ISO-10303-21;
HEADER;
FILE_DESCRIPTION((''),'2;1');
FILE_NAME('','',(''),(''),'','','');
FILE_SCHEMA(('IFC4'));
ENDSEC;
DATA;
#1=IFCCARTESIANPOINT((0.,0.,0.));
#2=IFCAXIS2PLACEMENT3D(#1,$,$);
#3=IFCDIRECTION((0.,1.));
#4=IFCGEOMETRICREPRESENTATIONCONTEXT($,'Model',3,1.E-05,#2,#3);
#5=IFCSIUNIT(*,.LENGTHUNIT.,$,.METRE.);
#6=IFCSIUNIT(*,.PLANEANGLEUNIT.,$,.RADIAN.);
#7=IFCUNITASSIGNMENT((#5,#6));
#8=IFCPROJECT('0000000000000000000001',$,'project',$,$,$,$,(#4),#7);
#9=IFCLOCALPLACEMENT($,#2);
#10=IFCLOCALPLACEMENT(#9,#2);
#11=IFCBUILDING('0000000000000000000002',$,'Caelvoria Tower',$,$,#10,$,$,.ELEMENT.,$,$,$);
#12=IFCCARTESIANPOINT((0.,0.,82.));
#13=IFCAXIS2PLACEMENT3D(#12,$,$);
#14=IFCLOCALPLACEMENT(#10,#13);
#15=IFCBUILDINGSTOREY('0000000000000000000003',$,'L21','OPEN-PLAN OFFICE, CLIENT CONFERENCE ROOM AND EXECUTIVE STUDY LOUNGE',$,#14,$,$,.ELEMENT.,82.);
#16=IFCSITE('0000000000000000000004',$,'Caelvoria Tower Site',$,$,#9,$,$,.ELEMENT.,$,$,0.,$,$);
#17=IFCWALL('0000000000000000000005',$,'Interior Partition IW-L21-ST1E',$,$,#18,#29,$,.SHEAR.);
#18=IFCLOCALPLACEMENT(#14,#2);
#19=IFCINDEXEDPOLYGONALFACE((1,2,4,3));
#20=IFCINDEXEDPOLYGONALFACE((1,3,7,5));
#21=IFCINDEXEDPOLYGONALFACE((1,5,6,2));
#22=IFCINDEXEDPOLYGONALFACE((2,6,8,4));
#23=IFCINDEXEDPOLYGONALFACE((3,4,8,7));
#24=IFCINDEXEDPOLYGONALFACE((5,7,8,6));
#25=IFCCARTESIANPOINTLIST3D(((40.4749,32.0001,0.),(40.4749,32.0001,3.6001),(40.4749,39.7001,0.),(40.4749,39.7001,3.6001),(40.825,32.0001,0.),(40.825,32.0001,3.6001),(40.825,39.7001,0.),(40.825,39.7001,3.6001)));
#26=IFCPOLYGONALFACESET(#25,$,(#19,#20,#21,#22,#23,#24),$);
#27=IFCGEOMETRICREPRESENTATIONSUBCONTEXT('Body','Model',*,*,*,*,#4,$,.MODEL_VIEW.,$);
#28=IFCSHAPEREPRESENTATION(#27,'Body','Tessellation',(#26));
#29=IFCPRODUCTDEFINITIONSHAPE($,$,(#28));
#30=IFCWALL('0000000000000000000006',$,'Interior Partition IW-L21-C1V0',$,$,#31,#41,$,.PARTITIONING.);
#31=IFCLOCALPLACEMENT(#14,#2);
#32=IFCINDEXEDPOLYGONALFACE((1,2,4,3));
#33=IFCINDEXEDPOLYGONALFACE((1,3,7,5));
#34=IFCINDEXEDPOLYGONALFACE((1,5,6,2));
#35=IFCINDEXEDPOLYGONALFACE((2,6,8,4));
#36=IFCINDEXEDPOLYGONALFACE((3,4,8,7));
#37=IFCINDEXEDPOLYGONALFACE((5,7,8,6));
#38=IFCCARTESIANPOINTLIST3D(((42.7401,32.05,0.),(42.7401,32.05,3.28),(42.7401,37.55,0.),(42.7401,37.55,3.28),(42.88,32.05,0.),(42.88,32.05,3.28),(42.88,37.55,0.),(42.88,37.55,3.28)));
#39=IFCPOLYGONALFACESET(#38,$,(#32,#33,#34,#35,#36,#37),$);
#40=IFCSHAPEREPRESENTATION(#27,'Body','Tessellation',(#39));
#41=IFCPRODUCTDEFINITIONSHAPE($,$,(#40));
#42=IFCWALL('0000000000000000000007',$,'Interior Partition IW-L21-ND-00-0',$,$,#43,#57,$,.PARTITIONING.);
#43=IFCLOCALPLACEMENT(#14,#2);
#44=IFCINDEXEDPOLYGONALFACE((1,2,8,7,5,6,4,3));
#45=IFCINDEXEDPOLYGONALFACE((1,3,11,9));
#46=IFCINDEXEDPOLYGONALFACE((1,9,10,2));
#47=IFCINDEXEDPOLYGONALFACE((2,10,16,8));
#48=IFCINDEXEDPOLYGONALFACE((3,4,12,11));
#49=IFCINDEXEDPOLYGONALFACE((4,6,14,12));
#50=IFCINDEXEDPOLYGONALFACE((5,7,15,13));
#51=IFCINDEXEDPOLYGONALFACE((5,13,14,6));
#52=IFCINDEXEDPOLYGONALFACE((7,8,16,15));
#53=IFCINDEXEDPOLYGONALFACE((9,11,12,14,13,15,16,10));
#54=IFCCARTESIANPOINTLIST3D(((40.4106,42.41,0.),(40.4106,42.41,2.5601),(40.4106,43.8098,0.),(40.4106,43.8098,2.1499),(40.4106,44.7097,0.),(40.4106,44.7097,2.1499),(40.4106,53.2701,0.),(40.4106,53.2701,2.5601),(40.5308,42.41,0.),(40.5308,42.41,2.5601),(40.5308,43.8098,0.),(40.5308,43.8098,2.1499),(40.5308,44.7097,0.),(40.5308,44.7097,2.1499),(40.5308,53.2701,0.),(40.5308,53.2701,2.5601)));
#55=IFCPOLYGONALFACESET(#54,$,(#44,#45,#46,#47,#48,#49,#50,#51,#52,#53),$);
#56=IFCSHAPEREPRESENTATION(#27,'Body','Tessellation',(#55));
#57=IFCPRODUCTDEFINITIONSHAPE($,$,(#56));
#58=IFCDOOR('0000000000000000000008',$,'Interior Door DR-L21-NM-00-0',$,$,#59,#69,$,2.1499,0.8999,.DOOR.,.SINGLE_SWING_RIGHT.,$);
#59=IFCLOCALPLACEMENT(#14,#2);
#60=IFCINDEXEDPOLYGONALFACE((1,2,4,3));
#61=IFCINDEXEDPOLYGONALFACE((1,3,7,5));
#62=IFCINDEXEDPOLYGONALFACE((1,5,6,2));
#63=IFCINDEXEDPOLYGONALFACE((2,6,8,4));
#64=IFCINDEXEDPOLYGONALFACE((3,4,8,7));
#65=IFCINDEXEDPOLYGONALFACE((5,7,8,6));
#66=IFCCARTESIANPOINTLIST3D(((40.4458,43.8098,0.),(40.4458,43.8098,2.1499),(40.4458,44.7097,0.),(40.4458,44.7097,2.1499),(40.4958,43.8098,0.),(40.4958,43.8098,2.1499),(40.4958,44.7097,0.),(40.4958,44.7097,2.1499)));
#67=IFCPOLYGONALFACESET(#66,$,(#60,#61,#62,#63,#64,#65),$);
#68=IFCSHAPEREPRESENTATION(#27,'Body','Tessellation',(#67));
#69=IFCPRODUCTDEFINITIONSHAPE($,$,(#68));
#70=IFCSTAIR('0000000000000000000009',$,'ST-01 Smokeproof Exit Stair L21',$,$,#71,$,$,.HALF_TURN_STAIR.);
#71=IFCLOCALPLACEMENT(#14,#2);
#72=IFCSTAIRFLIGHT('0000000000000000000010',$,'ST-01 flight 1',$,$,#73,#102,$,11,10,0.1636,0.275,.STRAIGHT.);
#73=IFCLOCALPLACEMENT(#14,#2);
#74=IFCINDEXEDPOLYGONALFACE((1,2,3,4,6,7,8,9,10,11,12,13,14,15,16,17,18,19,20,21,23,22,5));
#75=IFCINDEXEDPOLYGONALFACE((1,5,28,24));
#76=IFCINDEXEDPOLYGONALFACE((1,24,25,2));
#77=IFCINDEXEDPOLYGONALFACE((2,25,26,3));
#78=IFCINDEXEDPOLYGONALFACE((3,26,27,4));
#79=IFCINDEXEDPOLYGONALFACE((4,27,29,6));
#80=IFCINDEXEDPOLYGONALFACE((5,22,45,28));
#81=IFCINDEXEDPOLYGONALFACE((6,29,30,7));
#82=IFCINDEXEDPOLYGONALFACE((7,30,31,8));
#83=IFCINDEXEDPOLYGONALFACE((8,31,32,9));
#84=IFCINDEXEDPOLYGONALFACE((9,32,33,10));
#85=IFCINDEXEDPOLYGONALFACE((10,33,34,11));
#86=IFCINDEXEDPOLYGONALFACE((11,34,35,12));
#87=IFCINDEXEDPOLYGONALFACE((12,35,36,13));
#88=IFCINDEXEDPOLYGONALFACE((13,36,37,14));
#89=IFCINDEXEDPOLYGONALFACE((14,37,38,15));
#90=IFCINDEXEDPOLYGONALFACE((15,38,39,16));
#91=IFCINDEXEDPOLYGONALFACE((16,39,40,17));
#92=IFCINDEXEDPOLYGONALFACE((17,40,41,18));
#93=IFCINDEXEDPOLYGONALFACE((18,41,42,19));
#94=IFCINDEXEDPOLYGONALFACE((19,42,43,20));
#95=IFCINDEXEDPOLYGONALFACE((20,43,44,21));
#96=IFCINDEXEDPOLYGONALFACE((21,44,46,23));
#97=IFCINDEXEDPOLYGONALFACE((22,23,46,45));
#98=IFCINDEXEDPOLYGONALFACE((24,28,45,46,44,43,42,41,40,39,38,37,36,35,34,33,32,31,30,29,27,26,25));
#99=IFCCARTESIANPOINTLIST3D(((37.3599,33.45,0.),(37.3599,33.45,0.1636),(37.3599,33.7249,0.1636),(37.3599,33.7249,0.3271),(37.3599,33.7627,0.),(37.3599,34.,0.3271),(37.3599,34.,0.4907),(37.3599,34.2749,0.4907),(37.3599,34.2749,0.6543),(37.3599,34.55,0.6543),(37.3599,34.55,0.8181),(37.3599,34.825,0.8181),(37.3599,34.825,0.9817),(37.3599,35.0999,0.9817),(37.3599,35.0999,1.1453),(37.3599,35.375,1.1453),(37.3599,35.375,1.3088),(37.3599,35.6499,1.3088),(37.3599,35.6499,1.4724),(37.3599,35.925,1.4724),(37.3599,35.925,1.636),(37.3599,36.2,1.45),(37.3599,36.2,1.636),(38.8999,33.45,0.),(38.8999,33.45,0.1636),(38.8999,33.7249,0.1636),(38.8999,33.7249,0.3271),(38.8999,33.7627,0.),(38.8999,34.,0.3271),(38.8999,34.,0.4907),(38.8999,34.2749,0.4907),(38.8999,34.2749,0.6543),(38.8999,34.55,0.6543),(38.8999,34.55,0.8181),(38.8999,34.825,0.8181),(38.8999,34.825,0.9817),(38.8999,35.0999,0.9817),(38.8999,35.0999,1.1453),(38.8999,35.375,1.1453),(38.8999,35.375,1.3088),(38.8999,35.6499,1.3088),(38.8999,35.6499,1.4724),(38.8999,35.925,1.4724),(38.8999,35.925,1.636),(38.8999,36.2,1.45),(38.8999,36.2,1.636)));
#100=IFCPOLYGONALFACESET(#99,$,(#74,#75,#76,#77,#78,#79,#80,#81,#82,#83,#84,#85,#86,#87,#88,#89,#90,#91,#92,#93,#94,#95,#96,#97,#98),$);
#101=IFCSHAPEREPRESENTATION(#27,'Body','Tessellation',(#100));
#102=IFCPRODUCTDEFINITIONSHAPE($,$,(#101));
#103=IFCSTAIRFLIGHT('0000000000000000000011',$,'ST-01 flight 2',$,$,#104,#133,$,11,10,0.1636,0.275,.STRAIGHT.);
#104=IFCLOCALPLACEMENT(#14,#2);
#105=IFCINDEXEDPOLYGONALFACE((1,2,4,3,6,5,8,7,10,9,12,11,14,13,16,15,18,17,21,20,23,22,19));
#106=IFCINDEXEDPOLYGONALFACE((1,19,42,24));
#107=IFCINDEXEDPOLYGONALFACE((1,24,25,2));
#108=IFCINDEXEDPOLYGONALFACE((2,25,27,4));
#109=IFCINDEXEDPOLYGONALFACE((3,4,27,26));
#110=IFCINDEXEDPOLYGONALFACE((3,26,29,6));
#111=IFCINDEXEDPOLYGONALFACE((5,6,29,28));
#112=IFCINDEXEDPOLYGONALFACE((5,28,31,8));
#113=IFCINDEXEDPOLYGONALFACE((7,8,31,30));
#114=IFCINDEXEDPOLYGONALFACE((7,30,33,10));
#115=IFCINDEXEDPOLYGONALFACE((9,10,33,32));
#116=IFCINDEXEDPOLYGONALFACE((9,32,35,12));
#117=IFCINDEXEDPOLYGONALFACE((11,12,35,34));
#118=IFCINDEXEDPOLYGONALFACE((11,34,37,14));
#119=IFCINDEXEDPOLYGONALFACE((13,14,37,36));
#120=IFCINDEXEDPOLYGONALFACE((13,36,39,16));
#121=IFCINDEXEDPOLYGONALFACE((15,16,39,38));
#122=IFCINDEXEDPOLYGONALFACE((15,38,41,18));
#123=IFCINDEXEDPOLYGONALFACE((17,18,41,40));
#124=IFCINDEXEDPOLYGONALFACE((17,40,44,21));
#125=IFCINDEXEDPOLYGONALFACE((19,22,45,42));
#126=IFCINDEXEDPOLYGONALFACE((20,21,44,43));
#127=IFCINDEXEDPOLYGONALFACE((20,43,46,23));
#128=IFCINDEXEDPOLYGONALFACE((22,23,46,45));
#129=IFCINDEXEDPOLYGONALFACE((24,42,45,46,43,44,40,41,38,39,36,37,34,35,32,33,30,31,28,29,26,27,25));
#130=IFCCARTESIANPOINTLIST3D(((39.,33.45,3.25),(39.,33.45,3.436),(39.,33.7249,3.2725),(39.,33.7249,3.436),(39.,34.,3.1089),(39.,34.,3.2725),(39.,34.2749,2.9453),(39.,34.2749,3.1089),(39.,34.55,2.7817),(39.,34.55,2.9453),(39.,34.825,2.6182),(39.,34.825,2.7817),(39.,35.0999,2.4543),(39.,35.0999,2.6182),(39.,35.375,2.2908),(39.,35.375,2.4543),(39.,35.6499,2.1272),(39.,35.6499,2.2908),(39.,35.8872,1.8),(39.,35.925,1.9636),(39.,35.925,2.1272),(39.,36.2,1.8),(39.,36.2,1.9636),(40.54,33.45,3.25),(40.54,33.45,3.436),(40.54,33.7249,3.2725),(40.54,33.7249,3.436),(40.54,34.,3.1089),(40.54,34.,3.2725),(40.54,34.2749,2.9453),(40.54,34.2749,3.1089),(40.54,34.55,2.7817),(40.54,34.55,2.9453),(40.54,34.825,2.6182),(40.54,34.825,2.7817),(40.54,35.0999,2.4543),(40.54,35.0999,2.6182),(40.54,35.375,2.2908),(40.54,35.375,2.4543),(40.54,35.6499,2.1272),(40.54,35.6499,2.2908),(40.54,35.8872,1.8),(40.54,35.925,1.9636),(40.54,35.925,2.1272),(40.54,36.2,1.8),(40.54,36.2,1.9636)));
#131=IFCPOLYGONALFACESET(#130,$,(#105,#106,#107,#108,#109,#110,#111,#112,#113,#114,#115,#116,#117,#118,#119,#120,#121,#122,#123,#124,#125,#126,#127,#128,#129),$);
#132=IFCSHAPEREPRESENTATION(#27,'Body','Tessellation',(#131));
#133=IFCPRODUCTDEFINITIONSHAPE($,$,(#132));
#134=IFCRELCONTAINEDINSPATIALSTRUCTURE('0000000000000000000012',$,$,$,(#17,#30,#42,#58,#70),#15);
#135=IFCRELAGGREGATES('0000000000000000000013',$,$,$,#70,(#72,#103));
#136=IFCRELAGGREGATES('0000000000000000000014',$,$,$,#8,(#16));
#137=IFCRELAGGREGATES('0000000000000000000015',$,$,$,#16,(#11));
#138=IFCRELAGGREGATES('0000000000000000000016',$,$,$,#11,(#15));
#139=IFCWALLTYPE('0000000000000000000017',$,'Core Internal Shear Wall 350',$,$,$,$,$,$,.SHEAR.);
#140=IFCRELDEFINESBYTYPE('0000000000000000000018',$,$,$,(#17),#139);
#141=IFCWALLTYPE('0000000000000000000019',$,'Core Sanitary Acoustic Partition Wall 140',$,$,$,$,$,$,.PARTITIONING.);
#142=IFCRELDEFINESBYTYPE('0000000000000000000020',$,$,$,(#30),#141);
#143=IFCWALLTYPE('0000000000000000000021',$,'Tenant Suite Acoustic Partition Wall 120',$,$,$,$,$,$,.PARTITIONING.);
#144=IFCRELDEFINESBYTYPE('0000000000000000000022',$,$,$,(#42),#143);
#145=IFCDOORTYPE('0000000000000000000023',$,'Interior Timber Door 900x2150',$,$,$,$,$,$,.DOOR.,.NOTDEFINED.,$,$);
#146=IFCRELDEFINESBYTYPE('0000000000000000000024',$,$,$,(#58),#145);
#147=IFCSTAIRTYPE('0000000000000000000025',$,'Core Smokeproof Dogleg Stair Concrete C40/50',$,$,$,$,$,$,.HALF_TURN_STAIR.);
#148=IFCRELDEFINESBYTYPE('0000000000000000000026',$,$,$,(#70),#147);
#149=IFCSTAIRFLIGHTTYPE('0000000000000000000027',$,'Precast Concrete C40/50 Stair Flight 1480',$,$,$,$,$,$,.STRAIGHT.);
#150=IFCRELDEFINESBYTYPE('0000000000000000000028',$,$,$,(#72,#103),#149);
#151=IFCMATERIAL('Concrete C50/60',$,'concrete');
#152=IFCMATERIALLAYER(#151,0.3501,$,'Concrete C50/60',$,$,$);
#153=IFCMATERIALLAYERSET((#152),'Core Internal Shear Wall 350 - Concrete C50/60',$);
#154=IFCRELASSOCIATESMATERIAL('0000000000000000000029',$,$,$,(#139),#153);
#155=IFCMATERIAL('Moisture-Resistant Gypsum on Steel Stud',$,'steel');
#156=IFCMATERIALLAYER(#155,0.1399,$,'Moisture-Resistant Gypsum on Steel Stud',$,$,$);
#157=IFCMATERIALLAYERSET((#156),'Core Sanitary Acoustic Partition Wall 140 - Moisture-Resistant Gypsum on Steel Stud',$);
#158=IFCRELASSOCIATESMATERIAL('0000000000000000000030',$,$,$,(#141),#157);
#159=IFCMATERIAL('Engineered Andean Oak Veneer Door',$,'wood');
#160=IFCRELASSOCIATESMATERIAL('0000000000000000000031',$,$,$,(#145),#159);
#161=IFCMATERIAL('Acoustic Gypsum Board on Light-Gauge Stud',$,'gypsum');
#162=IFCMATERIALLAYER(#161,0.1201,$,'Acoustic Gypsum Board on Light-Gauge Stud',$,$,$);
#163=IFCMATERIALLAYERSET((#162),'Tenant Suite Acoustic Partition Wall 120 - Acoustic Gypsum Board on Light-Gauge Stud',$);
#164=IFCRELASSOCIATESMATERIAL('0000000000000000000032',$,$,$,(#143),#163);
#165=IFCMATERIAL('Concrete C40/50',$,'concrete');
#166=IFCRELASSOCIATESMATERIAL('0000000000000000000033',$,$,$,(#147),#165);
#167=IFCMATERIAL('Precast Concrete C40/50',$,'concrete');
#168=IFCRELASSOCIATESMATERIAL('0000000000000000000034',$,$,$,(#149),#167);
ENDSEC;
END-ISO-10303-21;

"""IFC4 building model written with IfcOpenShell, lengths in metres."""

from ifc_helpers import new_model, si_unit, direction, frame, frame_2d, origin, place, context, subcontext, project, spatial, polyline, rectangle, outline, extrude, material, layer, layer_set, type_object, element, fill, aggregate, save


model = new_model("IFC4")

# Units and contexts
model_context = context("Model", 3, precision=1e-05, world=origin(), true_north=direction((0.0, 1.0)))
body_context = subcontext(model_context, "Body", "Model", "MODEL_VIEW")
ifc_project = project(units=[si_unit("LENGTHUNIT", "METRE"), si_unit("PLANEANGLEUNIT", "RADIAN")], contexts=[model_context])

# Site, building, storey
site_placement = place(None, origin())
site = spatial("IfcSite", under=ifc_project, at=site_placement, Name="Caelvoria Tower Site", CompositionType="ELEMENT", RefElevation=0.0)
building_placement = place(site_placement, origin())
building = spatial("IfcBuilding", under=site, at=building_placement, Name="Caelvoria Tower", CompositionType="ELEMENT")
storey_placement = place(building_placement, frame((0.0, 0.0, 82.0)))
storey = spatial("IfcBuildingStorey", under=building, at=storey_placement, Name="L21", Description="OPEN-PLAN OFFICE, CLIENT CONFERENCE ROOM AND EXECUTIVE STUDY LOUNGE", CompositionType="ELEMENT", Elevation=82.0)

# Walls
ifc_material_1 = material(Name="Concrete C50/60", Category="concrete")
ifc_layer_1 = layer(ifc_material_1, 0.3501, Name="Concrete C50/60")
ifc_layer_set_1 = layer_set([ifc_layer_1], Name="Core Internal Shear Wall 350 - Concrete C50/60")
wall_type_1 = type_object("IfcWallType", Name="Core Internal Shear Wall 350", PredefinedType="SHEAR", material=ifc_layer_set_1)
wall_1_placement = place(storey_placement, frame((40.6499, 32.0, 0.0), z_axis=(0.0, 0.0, 1.0), x_axis=(0.0, 1.0, 0.0)))
element("IfcWall", 1, at=wall_1_placement, inside=storey, type_object=wall_type_1, Name="Interior Partition IW-L21-ST1E", PredefinedType="SHEAR", context=body_context, shape_type="SweptSolid", body=[
    extrude(rectangle(XDim=7.7, YDim=0.3501, at=frame_2d((3.8501, 0.0))), origin(), (0.0, 0.0, 1.0), 3.6001),
])
ifc_material_2 = material(Name="Moisture-Resistant Gypsum on Steel Stud", Category="steel")
ifc_layer_2 = layer(ifc_material_2, 0.1399, Name="Moisture-Resistant Gypsum on Steel Stud")
ifc_layer_set_2 = layer_set([ifc_layer_2], Name="Core Sanitary Acoustic Partition Wall 140 - Moisture-Resistant Gypsum on Steel Stud")
wall_type_2 = type_object("IfcWallType", Name="Core Sanitary Acoustic Partition Wall 140", PredefinedType="PARTITIONING", material=ifc_layer_set_2)
wall_2_placement = place(storey_placement, frame((42.8101, 32.05, 0.0), z_axis=(0.0, 0.0, 1.0), x_axis=(0.0, 1.0, 0.0)))
element("IfcWall", 2, at=wall_2_placement, inside=storey, type_object=wall_type_2, Name="Interior Partition IW-L21-C1V0", PredefinedType="PARTITIONING", context=body_context, shape_type="SweptSolid", body=[
    extrude(rectangle(XDim=5.5, YDim=0.1399, at=frame_2d((2.75, 0.0))), origin(), (0.0, 0.0, 1.0), 3.28),
])

# Shared definitions
ifc_material_3 = material(Name="Engineered Andean Oak Veneer Door", Category="wood")
door_type_1 = type_object("IfcDoorType", Name="Interior Timber Door 900x2150", OperationType="NOTDEFINED", PredefinedType="DOOR", material=ifc_material_3)

# Wall, opening, door
ifc_material_4 = material(Name="Acoustic Gypsum Board on Light-Gauge Stud", Category="gypsum")
ifc_layer_3 = layer(ifc_material_4, 0.1201, Name="Acoustic Gypsum Board on Light-Gauge Stud")
ifc_layer_set_3 = layer_set([ifc_layer_3], Name="Tenant Suite Acoustic Partition Wall 120 - Acoustic Gypsum Board on Light-Gauge Stud")
wall_type_3 = type_object("IfcWallType", Name="Tenant Suite Acoustic Partition Wall 120", PredefinedType="PARTITIONING", material=ifc_layer_set_3)
wall_3_placement = place(storey_placement, frame((40.4707, 42.4099, 0.0), z_axis=(0.0, 0.0, 1.0), x_axis=(0.0, 1.0, 0.0)))
wall_3 = element("IfcWall", 3, at=wall_3_placement, inside=storey, type_object=wall_type_3, Name="Interior Partition IW-L21-ND-00-0", PredefinedType="PARTITIONING", context=body_context, shape_type="SweptSolid", body=[
    extrude(rectangle(XDim=10.8601, YDim=0.1201, at=frame_2d((5.4302, 0.0))), origin(), (0.0, 0.0, 1.0), 2.5601),
])
opening_1_placement = place(wall_3_placement, frame((1.3999, 0.0, 0.0)))
opening_1 = element("IfcOpeningElement", 4, at=opening_1_placement, cuts=wall_3, PredefinedType="OPENING", context=body_context, shape_type="SweptSolid", body=[
    extrude(rectangle(XDim=0.8999, YDim=2.1499, at=frame_2d((0.45, 1.075))), frame((0.0, 0.0701, 0.0), z_axis=(0.0, -1.0, 0.0), x_axis=(1.0, 0.0, 0.0)), (0.0, 0.0, 1.0), 0.1401),
])
door_1_placement = place(opening_1_placement, origin())
door_1 = element("IfcDoor", 5, at=door_1_placement, inside=storey, type_object=door_type_1, Name="Interior Door DR-L21-NM-00-0", OperationType="SINGLE_SWING_RIGHT", OverallHeight=2.1499, OverallWidth=0.8999, PredefinedType="DOOR", context=body_context, shape_type="SweptSolid", body=[
    extrude(rectangle(XDim=0.8999, YDim=2.1499, at=frame_2d((0.45, 1.075))), frame((0.0, 0.0249, 0.0), z_axis=(0.0, -1.0, 0.0), x_axis=(1.0, 0.0, 0.0)), (0.0, 0.0, 1.0), 0.05),
])
fill(opening_1, door_1)

# Stair, stair flights
ifc_material_5 = material(Name="Concrete C40/50", Category="concrete")
stair_type = type_object("IfcStairType", Name="Core Smokeproof Dogleg Stair Concrete C40/50", PredefinedType="HALF_TURN_STAIR", material=ifc_material_5)
stair_placement = place(storey_placement, origin())
stair = element("IfcStair", 6, at=stair_placement, inside=storey, type_object=stair_type, Name="ST-01 Smokeproof Exit Stair L21", PredefinedType="HALF_TURN_STAIR")
ifc_material_6 = material(Name="Precast Concrete C40/50", Category="concrete")
stair_flight_type = type_object("IfcStairFlightType", Name="Precast Concrete C40/50 Stair Flight 1480", PredefinedType="STRAIGHT", material=ifc_material_6)
stair_flight_1_placement = place(storey_placement, frame((38.1299, 33.45, 0.0), z_axis=(0.0, 0.0, 1.0), x_axis=(0.0, 1.0, 0.0)))
stair_flight_1 = element("IfcStairFlight", 7, at=stair_flight_1_placement, type_object=stair_flight_type, Name="ST-01 flight 1", NumberOfRisers=11, NumberOfTreads=10, PredefinedType="STRAIGHT", RiserHeight=0.1636, TreadLength=0.275, context=body_context, shape_type="SweptSolid", body=[
    extrude(outline(polyline([(0.0, 0.0), (0.0, 0.1636), (0.2749, 0.1636), (0.2749, 0.3271), (0.55, 0.3271), (0.55, 0.4907), (0.825, 0.4907), (0.825, 0.6543), (1.1001, 0.6543), (1.1001, 0.8181), (1.375, 0.8181), (1.375, 0.9817), (1.6499, 0.9817), (1.6499, 1.1453), (1.925, 1.1453), (1.925, 1.3088), (2.2, 1.3088), (2.2, 1.4724), (2.4751, 1.4724), (2.4751, 1.636), (2.75, 1.636), (2.75, 1.7996), (2.75, 1.45), (0.3127, 0.0), (0.0, 0.0)])), frame((0.0, 0.77, 0.0), z_axis=(0.0, -1.0, 0.0), x_axis=(1.0, 0.0, 0.0)), (0.0, 0.0, 1.0), 1.54),
])
stair_flight_2_placement = place(storey_placement, frame((39.77, 36.2, 1.8), z_axis=(0.0, 0.0, 1.0), x_axis=(0.0, -1.0, 0.0)))
stair_flight_2 = element("IfcStairFlight", 8, at=stair_flight_2_placement, type_object=stair_flight_type, Name="ST-01 flight 2", NumberOfRisers=11, NumberOfTreads=10, PredefinedType="STRAIGHT", RiserHeight=0.1636, TreadLength=0.275, context=body_context, shape_type="SweptSolid", body=[
    extrude(outline(polyline([(0.0, 0.0), (0.0, 0.1636), (0.2749, 0.1636), (0.2749, 0.3271), (0.55, 0.3271), (0.55, 0.4907), (0.825, 0.4907), (0.825, 0.6543), (1.1001, 0.6543), (1.1001, 0.8181), (1.375, 0.8181), (1.375, 0.9817), (1.6499, 0.9817), (1.6499, 1.1453), (1.925, 1.1453), (1.925, 1.3088), (2.2, 1.3088), (2.2, 1.4724), (2.4751, 1.4724), (2.4751, 1.636), (2.75, 1.636), (2.75, 1.7996), (2.75, 1.45), (0.3127, 0.0), (0.0, 0.0)])), frame((0.0, 0.77, 0.0), z_axis=(0.0, -1.0, 0.0), x_axis=(1.0, 0.0, 0.0)), (0.0, 0.0, 1.0), 1.54),
])
aggregate(stair, [stair_flight_1, stair_flight_2])

save(model, "model.ifc")
